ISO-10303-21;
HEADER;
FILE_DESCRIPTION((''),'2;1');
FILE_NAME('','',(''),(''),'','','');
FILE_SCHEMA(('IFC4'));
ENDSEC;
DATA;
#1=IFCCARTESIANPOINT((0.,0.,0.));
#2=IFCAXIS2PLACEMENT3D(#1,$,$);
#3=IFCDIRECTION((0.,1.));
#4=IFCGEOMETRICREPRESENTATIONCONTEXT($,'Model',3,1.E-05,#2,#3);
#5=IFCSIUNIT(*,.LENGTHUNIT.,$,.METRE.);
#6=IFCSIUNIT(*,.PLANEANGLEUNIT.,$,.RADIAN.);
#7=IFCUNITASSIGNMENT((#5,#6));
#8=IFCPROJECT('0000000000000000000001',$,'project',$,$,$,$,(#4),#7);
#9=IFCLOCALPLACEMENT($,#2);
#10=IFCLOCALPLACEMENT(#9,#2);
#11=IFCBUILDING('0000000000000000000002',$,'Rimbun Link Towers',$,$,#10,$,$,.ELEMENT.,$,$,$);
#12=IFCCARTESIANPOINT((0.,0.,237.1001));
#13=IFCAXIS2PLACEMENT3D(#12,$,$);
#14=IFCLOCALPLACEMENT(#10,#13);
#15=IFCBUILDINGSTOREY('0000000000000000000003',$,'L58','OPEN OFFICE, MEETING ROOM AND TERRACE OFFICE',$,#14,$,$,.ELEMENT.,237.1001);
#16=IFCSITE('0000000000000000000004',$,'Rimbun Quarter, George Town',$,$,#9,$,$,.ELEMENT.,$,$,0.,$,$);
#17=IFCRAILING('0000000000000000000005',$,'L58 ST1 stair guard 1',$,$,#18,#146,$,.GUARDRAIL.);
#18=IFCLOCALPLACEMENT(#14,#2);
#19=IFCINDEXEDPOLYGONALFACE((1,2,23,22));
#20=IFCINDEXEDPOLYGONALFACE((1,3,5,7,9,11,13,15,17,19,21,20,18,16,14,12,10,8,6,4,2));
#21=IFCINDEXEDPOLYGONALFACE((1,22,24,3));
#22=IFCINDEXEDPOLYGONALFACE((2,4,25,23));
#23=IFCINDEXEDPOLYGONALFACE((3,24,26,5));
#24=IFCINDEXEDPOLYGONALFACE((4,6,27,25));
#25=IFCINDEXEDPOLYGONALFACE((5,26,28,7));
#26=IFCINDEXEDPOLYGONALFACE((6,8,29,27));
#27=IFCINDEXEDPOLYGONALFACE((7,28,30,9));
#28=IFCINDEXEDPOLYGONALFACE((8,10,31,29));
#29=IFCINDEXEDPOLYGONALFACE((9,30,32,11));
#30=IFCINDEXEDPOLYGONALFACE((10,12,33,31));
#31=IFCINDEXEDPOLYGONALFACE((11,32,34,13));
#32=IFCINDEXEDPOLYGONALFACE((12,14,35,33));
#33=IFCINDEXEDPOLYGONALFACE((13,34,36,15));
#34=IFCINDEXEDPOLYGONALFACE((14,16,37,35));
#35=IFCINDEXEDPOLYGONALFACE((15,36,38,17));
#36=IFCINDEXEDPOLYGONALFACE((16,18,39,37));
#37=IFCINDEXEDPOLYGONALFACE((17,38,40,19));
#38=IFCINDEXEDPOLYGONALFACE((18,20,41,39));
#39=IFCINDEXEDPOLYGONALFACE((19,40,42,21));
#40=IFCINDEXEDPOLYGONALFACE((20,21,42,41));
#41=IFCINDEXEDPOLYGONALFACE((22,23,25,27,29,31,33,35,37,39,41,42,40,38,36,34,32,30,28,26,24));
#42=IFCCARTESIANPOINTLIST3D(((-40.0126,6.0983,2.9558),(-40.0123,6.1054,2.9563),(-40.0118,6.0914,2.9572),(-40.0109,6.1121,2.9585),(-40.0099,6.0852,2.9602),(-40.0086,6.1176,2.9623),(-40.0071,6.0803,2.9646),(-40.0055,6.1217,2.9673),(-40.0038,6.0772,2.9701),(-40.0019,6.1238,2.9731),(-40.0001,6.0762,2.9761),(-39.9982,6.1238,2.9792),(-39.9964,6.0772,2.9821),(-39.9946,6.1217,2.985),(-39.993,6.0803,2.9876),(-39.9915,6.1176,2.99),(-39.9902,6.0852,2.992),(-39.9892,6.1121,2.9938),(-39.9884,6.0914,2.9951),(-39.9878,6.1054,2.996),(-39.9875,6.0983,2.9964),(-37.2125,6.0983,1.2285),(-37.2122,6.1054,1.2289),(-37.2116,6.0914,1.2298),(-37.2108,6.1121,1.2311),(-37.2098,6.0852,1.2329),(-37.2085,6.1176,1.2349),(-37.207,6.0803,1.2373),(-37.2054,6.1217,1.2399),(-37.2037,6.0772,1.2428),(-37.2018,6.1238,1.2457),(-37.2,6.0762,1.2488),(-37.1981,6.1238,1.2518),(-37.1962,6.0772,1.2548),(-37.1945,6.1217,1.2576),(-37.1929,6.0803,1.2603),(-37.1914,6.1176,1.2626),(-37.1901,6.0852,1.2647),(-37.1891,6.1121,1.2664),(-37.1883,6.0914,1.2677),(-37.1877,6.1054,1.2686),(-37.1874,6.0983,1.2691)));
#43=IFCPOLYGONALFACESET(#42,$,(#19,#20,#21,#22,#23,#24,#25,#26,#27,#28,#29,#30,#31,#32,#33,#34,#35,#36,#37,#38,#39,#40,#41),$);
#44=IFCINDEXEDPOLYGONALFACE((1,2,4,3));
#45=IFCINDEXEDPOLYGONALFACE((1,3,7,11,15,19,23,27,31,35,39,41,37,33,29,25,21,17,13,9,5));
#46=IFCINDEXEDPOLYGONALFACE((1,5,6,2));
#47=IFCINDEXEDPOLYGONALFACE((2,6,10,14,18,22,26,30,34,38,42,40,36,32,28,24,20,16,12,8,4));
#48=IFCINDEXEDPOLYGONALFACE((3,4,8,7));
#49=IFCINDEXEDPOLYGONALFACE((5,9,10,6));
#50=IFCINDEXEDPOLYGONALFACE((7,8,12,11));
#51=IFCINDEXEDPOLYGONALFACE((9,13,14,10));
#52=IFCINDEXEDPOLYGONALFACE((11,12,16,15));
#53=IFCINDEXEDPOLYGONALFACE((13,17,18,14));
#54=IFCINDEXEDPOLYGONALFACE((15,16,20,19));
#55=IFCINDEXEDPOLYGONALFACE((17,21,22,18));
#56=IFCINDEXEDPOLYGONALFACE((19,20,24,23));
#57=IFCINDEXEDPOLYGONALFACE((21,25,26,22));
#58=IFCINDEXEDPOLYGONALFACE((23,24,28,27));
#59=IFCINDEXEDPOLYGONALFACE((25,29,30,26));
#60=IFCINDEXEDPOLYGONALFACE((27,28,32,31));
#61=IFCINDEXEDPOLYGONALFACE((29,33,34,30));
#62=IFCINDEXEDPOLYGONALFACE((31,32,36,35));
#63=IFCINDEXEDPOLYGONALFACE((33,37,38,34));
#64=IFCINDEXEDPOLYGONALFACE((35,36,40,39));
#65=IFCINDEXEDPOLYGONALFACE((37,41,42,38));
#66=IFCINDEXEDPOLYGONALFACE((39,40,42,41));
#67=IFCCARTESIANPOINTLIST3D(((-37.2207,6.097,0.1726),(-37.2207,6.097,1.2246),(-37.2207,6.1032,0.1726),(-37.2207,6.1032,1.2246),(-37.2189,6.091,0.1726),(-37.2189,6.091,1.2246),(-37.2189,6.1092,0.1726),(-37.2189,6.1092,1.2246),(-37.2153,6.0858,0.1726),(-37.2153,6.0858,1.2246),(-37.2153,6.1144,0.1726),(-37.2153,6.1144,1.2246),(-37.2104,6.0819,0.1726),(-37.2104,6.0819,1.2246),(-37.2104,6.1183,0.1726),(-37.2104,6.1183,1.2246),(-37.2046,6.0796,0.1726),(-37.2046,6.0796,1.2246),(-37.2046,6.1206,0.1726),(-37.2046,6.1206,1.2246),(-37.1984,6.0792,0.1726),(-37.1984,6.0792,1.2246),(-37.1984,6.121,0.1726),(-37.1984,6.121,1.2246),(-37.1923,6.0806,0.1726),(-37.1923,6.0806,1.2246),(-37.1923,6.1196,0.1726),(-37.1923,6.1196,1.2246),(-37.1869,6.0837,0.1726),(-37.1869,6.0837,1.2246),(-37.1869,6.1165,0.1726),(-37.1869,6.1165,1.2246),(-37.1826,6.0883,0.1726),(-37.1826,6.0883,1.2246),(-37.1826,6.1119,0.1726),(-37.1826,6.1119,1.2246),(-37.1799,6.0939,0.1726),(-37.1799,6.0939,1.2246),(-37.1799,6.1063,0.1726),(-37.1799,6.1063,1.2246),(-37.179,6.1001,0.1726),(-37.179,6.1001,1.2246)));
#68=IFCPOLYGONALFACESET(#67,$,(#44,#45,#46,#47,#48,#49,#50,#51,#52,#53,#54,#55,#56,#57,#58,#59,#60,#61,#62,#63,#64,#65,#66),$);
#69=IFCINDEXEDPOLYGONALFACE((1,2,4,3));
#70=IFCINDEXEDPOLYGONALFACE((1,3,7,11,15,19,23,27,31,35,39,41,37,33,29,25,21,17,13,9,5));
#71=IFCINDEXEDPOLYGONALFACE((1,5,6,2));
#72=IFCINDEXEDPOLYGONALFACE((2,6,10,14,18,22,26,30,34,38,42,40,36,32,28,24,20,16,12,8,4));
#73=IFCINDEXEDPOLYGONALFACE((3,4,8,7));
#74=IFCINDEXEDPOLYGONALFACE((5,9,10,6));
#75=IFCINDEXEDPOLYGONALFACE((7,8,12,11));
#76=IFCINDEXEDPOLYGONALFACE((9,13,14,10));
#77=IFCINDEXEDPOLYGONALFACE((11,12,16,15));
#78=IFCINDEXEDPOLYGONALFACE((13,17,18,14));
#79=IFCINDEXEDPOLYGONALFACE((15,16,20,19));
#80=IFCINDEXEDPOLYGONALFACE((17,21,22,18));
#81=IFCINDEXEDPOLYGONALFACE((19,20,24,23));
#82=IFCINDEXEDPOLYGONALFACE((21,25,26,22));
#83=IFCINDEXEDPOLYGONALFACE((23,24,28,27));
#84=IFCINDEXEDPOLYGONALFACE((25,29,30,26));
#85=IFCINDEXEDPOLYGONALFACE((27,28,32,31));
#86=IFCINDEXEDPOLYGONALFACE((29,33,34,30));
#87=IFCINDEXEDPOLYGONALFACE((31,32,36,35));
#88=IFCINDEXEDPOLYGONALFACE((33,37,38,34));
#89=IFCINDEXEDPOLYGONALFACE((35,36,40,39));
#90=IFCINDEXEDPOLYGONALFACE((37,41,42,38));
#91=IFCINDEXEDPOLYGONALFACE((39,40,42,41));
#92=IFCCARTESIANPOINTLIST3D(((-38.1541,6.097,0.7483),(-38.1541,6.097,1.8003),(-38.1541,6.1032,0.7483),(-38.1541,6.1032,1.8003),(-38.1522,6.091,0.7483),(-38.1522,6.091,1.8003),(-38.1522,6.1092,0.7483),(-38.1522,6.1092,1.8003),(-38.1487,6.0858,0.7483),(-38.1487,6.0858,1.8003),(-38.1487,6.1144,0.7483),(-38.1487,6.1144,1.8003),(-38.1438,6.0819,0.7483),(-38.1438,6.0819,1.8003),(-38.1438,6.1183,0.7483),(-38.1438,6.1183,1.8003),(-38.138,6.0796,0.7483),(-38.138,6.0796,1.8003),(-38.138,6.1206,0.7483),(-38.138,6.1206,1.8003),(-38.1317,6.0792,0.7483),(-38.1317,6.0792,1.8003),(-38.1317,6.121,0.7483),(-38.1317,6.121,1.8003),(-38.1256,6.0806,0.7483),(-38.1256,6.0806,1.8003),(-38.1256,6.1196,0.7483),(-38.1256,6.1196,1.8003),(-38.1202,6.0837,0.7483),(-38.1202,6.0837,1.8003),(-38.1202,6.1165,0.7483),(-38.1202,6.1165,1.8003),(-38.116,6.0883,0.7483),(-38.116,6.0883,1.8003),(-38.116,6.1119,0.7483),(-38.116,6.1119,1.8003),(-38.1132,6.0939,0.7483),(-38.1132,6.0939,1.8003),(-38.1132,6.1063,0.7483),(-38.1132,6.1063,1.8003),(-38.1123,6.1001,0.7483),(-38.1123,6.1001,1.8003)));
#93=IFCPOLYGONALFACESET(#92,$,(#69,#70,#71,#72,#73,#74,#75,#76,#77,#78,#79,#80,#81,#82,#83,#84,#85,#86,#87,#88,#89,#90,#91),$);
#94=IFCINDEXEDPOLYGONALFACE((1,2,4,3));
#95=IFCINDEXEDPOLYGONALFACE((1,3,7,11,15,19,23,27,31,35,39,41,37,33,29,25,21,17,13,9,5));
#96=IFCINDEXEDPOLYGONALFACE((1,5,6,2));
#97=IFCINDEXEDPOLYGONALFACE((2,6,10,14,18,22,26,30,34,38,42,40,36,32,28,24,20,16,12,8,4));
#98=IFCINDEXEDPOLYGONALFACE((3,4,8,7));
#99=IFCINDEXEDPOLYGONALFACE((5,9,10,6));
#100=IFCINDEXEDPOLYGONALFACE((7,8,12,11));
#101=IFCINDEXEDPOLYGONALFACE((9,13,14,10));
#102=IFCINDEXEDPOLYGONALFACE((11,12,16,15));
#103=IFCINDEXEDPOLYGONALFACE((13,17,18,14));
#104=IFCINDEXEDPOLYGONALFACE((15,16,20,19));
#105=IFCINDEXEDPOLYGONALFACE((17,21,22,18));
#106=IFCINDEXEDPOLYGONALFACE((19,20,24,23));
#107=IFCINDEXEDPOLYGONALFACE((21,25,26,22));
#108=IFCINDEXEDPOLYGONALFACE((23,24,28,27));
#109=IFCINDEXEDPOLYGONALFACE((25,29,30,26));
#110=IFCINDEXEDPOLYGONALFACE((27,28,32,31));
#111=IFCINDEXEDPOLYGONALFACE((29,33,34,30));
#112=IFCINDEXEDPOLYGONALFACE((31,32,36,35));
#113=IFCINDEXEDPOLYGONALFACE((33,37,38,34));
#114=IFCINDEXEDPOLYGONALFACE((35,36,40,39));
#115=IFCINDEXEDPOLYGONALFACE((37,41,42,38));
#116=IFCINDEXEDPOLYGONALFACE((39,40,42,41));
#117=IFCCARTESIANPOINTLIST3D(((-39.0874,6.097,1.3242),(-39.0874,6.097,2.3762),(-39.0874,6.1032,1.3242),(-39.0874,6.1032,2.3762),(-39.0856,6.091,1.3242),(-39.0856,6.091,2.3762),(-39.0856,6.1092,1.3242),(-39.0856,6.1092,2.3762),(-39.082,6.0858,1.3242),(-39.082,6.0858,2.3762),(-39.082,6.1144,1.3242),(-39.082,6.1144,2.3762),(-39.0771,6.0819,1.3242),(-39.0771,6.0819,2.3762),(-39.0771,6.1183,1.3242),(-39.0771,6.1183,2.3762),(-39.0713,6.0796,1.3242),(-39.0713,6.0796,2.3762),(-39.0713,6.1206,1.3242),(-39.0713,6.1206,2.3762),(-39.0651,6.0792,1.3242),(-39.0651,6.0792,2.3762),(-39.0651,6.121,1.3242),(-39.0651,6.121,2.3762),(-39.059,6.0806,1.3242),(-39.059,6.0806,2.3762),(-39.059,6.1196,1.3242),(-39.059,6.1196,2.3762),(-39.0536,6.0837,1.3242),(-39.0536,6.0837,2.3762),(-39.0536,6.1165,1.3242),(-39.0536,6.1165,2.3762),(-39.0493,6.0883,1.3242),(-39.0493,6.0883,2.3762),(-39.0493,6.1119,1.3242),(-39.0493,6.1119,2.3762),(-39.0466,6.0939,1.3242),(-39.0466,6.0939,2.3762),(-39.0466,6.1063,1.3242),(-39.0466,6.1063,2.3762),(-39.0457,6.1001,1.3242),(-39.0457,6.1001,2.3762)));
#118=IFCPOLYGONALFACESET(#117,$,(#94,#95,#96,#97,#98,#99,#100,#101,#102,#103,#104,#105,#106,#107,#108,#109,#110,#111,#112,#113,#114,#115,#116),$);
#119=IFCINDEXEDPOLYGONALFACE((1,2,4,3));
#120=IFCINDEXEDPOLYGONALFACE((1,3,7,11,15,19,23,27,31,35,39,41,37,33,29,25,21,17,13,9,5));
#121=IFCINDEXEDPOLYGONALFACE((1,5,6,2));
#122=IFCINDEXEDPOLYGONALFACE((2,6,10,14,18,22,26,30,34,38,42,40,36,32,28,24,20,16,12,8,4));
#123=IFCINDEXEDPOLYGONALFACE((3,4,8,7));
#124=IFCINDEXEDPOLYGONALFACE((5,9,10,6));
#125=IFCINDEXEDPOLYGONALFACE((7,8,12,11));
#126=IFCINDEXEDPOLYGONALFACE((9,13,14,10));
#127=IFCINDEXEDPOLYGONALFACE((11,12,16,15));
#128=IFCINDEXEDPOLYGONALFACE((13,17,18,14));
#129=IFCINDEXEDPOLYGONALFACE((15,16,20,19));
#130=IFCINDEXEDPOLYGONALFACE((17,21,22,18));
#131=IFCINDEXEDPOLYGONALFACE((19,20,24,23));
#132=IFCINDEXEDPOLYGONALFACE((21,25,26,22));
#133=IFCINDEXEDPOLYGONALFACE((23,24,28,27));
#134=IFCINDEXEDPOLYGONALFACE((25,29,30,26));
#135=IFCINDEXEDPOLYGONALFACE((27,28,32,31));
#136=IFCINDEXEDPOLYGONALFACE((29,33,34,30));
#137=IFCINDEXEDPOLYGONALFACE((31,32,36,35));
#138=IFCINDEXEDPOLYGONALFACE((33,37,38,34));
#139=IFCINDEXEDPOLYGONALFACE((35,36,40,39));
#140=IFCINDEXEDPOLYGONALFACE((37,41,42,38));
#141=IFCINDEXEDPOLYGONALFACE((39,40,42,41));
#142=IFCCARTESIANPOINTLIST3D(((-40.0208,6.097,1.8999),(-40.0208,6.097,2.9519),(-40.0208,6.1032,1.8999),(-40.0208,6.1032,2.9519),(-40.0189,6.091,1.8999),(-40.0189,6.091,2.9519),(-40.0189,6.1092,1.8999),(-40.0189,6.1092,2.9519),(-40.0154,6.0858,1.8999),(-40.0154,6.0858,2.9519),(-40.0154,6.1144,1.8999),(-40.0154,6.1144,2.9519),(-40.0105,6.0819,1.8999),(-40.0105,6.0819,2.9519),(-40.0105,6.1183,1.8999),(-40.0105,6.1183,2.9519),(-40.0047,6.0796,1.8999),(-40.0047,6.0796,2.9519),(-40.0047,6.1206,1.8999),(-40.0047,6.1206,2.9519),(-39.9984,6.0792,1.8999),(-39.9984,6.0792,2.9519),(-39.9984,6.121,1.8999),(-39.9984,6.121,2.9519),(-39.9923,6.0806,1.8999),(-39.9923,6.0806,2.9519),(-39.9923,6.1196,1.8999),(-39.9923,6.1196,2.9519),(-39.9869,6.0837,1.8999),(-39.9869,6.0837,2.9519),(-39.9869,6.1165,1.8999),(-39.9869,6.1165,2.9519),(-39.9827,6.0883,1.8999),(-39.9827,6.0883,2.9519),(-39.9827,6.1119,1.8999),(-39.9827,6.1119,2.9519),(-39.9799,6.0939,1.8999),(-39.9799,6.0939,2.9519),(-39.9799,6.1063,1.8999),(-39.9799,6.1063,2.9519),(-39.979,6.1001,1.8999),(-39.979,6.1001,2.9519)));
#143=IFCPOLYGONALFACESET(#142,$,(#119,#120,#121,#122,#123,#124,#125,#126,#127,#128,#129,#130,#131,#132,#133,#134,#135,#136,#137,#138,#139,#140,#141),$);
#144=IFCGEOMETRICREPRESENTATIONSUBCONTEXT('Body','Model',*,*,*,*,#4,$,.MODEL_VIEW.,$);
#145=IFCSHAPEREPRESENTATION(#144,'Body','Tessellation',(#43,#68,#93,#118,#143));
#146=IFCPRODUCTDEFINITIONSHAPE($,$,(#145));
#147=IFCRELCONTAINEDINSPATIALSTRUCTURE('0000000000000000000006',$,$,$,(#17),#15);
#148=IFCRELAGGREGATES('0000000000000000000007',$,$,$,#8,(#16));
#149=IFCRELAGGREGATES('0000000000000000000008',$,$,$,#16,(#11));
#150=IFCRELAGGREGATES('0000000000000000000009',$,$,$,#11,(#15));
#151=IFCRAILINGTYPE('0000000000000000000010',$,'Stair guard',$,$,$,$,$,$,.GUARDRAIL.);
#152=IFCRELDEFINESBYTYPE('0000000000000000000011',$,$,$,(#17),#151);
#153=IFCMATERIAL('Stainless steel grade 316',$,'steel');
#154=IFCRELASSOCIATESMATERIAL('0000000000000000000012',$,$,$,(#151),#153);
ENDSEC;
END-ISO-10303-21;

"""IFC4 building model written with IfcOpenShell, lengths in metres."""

from ifc_helpers import new_model, si_unit, direction, frame, origin, origin_2d, place, context, subcontext, project, spatial, circle, extrude, material, type_object, element, save


model = new_model("IFC4")

# Units and contexts
model_context = context("Model", 3, precision=1e-05, world=origin(), true_north=direction((0.0, 1.0)))
body_context = subcontext(model_context, "Body", "Model", "MODEL_VIEW")
ifc_project = project(units=[si_unit("LENGTHUNIT", "METRE"), si_unit("PLANEANGLEUNIT", "RADIAN")], contexts=[model_context])

# Site, building, storey
site_placement = place(None, origin())
site = spatial("IfcSite", under=ifc_project, at=site_placement, Name="Rimbun Quarter, George Town", CompositionType="ELEMENT", RefElevation=0.0)
building_placement = place(site_placement, origin())
building = spatial("IfcBuilding", under=site, at=building_placement, Name="Rimbun Link Towers", CompositionType="ELEMENT")
storey_placement = place(building_placement, frame((0.0, 0.0, 237.1001)))
storey = spatial("IfcBuildingStorey", under=building, at=storey_placement, Name="L58", Description="OPEN OFFICE, MEETING ROOM AND TERRACE OFFICE", CompositionType="ELEMENT", Elevation=237.1001)

# Railing
ifc_material_1 = material(Name="Stainless steel grade 316", Category="steel")
railing_type_1 = type_object("IfcRailingType", Name="Stair guard", PredefinedType="GUARDRAIL", material=ifc_material_1)
railing_1_placement = place(storey_placement, frame((-37.2, 6.1001, 0.1726)))
element("IfcRailing", 1, at=railing_1_placement, inside=storey, type_object=railing_type_1, Name="L58 ST1 stair guard 1", PredefinedType="GUARDRAIL", context=body_context, shape_type="SweptSolid", body=[
    extrude(circle(Radius=0.0239, at=origin_2d()), frame((0.0, 0.0, 1.0762), z_axis=(-0.85109, 0.0, 0.52502), x_axis=(0.0, -1.0, 0.0)), (0.0, 0.0, 1.0), 3.29),
    extrude(circle(Radius=0.021, at=origin_2d()), origin(), (0.0, 0.0, 1.0), 1.052),
    extrude(circle(Radius=0.021, at=origin_2d()), frame((-0.9333, 0.0, 0.5757)), (0.0, 0.0, 1.0), 1.052),
    extrude(circle(Radius=0.021, at=origin_2d()), frame((-1.8667, 0.0, 1.1516)), (0.0, 0.0, 1.0), 1.052),
    extrude(circle(Radius=0.021, at=origin_2d()), frame((-2.8, 0.0, 1.7273)), (0.0, 0.0, 1.0), 1.052),
])

save(model, "model.ifc")
